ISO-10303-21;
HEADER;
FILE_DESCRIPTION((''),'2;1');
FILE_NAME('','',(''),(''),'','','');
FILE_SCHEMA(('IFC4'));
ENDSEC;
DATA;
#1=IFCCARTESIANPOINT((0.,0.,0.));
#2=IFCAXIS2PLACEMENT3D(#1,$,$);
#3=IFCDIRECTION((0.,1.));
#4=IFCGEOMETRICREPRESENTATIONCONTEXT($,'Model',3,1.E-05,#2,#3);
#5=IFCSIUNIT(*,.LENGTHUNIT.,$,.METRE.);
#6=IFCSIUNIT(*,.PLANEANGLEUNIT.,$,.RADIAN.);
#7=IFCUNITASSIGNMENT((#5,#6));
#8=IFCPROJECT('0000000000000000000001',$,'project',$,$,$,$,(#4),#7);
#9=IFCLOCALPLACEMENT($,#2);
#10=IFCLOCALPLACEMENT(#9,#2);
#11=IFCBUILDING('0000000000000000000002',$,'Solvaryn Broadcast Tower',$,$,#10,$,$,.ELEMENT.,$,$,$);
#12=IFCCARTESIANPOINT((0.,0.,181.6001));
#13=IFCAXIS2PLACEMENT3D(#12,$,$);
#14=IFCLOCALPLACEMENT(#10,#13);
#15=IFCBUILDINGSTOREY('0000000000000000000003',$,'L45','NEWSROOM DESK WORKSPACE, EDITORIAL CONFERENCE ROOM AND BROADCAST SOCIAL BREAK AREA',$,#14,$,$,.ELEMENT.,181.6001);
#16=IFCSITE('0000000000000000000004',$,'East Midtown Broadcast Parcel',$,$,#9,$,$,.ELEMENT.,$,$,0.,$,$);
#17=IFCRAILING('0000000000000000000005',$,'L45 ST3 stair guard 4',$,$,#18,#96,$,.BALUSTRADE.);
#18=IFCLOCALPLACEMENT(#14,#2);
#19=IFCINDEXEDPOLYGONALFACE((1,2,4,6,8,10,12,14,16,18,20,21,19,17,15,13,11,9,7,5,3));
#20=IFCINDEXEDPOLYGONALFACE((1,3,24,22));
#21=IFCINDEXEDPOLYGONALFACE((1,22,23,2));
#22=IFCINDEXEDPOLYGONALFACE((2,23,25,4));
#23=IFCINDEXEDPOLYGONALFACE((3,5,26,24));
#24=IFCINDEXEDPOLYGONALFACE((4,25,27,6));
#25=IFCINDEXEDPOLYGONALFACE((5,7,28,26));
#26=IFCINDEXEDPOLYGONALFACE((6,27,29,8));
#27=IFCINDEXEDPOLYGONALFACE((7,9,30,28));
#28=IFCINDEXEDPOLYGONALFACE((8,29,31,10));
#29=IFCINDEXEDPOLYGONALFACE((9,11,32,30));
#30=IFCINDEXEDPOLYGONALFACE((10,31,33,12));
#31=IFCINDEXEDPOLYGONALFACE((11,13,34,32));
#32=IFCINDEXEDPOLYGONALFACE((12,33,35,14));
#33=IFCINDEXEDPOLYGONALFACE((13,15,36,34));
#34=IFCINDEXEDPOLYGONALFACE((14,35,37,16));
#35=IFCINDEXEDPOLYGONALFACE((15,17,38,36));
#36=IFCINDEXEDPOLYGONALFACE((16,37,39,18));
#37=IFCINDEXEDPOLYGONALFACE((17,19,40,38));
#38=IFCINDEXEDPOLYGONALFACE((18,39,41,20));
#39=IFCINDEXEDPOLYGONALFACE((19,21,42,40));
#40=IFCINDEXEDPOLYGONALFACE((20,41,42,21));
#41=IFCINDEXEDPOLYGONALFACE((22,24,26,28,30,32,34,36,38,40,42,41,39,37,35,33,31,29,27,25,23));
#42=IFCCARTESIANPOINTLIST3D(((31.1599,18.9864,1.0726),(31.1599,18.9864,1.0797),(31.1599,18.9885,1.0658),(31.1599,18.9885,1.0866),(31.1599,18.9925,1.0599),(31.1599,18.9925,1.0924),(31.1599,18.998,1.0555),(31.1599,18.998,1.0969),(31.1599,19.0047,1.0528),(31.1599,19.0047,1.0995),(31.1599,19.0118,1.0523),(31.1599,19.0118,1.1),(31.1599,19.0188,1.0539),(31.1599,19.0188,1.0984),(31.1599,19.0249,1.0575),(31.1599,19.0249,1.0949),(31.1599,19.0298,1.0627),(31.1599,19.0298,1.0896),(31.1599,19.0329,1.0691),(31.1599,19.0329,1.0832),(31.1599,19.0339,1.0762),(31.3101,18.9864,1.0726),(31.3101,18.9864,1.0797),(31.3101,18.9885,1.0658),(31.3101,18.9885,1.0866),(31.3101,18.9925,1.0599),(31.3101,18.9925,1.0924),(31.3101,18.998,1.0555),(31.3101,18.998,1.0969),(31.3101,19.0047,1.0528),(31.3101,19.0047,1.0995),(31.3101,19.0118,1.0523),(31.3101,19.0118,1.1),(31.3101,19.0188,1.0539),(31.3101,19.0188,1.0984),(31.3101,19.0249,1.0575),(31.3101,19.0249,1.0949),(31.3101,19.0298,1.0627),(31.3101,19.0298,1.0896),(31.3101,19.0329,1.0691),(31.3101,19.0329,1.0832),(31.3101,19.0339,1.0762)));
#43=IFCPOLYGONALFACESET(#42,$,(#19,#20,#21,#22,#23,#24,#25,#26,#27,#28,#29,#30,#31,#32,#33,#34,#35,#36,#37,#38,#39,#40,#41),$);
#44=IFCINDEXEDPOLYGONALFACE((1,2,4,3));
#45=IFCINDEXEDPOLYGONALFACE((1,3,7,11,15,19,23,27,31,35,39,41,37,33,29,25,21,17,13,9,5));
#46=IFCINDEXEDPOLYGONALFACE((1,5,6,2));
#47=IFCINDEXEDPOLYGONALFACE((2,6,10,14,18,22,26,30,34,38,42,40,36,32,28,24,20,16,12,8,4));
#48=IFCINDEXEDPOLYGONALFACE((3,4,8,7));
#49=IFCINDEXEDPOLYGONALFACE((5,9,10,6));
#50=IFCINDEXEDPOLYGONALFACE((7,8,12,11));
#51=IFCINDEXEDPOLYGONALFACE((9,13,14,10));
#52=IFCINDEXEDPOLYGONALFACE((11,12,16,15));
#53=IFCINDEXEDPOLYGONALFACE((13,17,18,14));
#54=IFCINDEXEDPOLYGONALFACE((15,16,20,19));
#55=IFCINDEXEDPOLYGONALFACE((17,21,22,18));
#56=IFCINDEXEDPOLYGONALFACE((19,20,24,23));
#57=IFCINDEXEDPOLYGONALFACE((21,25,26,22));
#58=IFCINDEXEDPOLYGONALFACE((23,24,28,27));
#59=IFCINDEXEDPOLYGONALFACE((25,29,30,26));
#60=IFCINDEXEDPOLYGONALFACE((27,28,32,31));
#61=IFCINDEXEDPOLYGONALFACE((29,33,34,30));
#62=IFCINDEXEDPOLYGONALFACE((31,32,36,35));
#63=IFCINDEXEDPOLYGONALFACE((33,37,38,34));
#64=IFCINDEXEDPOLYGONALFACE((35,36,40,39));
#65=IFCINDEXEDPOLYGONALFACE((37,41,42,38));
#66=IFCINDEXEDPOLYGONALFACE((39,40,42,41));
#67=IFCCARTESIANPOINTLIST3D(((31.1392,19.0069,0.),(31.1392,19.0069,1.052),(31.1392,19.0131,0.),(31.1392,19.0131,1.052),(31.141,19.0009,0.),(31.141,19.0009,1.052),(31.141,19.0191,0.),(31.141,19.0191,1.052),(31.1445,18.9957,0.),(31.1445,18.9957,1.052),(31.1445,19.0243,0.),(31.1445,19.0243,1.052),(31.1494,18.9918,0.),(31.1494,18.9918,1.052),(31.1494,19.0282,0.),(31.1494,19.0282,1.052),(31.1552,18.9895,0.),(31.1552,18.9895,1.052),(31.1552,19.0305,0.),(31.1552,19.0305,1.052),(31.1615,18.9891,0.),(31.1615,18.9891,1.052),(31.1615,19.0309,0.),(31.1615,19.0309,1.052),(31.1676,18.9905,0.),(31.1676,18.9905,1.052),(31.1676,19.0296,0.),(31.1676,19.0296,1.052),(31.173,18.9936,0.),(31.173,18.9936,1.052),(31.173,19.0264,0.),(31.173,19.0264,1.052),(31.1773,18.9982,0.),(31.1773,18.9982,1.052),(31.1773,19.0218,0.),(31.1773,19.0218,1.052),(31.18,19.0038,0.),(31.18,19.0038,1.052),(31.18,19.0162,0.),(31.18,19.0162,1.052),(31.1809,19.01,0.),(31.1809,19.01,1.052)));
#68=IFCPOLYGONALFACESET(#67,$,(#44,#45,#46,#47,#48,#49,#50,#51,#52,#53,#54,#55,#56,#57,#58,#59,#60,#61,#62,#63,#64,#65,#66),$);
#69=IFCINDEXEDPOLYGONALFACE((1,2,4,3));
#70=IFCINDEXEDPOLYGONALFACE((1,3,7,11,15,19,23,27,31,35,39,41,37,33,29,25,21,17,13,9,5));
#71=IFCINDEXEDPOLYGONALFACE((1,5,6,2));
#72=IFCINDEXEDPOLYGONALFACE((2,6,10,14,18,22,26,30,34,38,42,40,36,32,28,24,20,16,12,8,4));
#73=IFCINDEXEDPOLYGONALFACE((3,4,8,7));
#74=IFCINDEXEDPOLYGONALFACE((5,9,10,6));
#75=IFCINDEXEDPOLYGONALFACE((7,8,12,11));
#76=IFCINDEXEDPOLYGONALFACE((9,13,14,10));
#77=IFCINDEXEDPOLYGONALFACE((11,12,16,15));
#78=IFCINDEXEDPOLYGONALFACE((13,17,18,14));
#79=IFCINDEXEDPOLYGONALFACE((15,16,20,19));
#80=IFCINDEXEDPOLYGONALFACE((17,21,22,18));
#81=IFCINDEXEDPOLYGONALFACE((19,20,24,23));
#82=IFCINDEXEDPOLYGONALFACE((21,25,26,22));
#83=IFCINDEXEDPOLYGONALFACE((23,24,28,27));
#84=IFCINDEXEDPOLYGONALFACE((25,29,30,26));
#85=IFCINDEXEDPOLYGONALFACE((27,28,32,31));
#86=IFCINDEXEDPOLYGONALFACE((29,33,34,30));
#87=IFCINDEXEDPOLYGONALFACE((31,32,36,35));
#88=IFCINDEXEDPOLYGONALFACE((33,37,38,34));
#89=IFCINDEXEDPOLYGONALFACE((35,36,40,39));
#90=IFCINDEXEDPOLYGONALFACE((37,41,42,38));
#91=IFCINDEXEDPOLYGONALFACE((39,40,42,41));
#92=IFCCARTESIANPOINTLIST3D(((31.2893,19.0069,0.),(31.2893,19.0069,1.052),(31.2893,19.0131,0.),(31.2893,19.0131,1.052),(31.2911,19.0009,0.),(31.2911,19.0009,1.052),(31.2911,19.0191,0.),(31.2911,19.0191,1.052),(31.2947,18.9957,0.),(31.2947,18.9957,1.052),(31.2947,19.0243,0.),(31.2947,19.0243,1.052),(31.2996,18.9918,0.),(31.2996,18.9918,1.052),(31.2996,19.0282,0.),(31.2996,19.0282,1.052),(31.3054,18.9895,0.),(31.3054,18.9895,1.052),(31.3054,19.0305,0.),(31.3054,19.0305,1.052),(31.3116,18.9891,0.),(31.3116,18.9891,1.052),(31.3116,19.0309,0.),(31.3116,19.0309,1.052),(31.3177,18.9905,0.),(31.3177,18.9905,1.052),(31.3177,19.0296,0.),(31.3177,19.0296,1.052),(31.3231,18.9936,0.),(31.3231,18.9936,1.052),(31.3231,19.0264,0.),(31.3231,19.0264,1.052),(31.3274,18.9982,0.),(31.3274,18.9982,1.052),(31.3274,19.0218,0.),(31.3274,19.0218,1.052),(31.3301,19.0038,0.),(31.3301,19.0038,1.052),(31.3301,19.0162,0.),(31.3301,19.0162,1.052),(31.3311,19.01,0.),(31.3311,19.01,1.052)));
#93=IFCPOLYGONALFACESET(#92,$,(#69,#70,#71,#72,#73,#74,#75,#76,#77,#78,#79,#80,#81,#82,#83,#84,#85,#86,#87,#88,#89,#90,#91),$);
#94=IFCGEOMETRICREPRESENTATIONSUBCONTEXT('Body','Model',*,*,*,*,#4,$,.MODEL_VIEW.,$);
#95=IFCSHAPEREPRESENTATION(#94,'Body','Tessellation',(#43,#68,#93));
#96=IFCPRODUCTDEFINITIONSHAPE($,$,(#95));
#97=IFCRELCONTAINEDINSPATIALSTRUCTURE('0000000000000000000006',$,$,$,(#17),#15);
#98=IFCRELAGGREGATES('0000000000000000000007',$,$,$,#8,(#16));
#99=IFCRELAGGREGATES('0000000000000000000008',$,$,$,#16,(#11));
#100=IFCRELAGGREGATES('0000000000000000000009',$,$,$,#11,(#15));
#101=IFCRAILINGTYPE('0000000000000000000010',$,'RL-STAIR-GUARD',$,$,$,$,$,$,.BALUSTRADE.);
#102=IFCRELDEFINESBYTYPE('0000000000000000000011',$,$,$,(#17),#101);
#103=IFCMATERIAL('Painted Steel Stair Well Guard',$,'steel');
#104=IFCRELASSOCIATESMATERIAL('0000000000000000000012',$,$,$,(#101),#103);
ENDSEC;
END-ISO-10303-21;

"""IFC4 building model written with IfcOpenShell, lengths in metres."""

from ifc_helpers import new_model, si_unit, direction, frame, origin, origin_2d, place, context, subcontext, project, spatial, circle, extrude, material, type_object, element, save


model = new_model("IFC4")

# Units and contexts
model_context = context("Model", 3, precision=1e-05, world=origin(), true_north=direction((0.0, 1.0)))
body_context = subcontext(model_context, "Body", "Model", "MODEL_VIEW")
ifc_project = project(units=[si_unit("LENGTHUNIT", "METRE"), si_unit("PLANEANGLEUNIT", "RADIAN")], contexts=[model_context])

# Site, building, storey
site_placement = place(None, origin())
site = spatial("IfcSite", under=ifc_project, at=site_placement, Name="East Midtown Broadcast Parcel", CompositionType="ELEMENT", RefElevation=0.0)
building_placement = place(site_placement, origin())
building = spatial("IfcBuilding", under=site, at=building_placement, Name="Solvaryn Broadcast Tower", CompositionType="ELEMENT")
storey_placement = place(building_placement, frame((0.0, 0.0, 181.6001)))
storey = spatial("IfcBuildingStorey", under=building, at=storey_placement, Name="L45", Description="NEWSROOM DESK WORKSPACE, EDITORIAL CONFERENCE ROOM AND BROADCAST SOCIAL BREAK AREA", CompositionType="ELEMENT", Elevation=181.6001)

# Railing
ifc_material_1 = material(Name="Painted Steel Stair Well Guard", Category="steel")
railing_type_1 = type_object("IfcRailingType", Name="RL-STAIR-GUARD", PredefinedType="BALUSTRADE", material=ifc_material_1)
railing_1_placement = place(storey_placement, frame((31.1599, 19.01, 0.0)))
element("IfcRailing", 1, at=railing_1_placement, inside=storey, type_object=railing_type_1, Name="L45 ST3 stair guard 4", PredefinedType="BALUSTRADE", context=body_context, shape_type="SweptSolid", body=[
    extrude(circle(Radius=0.0239, at=origin_2d()), frame((0.0, 0.0, 1.0762), z_axis=(1.0, 0.0, 0.0), x_axis=(0.0, 1.0, 0.0)), (0.0, 0.0, 1.0), 0.1501),
    extrude(circle(Radius=0.021, at=origin_2d()), origin(), (0.0, 0.0, 1.0), 1.052),
    extrude(circle(Radius=0.021, at=origin_2d()), frame((0.1501, 0.0, 0.0)), (0.0, 0.0, 1.0), 1.052),
])

save(model, "model.ifc")
